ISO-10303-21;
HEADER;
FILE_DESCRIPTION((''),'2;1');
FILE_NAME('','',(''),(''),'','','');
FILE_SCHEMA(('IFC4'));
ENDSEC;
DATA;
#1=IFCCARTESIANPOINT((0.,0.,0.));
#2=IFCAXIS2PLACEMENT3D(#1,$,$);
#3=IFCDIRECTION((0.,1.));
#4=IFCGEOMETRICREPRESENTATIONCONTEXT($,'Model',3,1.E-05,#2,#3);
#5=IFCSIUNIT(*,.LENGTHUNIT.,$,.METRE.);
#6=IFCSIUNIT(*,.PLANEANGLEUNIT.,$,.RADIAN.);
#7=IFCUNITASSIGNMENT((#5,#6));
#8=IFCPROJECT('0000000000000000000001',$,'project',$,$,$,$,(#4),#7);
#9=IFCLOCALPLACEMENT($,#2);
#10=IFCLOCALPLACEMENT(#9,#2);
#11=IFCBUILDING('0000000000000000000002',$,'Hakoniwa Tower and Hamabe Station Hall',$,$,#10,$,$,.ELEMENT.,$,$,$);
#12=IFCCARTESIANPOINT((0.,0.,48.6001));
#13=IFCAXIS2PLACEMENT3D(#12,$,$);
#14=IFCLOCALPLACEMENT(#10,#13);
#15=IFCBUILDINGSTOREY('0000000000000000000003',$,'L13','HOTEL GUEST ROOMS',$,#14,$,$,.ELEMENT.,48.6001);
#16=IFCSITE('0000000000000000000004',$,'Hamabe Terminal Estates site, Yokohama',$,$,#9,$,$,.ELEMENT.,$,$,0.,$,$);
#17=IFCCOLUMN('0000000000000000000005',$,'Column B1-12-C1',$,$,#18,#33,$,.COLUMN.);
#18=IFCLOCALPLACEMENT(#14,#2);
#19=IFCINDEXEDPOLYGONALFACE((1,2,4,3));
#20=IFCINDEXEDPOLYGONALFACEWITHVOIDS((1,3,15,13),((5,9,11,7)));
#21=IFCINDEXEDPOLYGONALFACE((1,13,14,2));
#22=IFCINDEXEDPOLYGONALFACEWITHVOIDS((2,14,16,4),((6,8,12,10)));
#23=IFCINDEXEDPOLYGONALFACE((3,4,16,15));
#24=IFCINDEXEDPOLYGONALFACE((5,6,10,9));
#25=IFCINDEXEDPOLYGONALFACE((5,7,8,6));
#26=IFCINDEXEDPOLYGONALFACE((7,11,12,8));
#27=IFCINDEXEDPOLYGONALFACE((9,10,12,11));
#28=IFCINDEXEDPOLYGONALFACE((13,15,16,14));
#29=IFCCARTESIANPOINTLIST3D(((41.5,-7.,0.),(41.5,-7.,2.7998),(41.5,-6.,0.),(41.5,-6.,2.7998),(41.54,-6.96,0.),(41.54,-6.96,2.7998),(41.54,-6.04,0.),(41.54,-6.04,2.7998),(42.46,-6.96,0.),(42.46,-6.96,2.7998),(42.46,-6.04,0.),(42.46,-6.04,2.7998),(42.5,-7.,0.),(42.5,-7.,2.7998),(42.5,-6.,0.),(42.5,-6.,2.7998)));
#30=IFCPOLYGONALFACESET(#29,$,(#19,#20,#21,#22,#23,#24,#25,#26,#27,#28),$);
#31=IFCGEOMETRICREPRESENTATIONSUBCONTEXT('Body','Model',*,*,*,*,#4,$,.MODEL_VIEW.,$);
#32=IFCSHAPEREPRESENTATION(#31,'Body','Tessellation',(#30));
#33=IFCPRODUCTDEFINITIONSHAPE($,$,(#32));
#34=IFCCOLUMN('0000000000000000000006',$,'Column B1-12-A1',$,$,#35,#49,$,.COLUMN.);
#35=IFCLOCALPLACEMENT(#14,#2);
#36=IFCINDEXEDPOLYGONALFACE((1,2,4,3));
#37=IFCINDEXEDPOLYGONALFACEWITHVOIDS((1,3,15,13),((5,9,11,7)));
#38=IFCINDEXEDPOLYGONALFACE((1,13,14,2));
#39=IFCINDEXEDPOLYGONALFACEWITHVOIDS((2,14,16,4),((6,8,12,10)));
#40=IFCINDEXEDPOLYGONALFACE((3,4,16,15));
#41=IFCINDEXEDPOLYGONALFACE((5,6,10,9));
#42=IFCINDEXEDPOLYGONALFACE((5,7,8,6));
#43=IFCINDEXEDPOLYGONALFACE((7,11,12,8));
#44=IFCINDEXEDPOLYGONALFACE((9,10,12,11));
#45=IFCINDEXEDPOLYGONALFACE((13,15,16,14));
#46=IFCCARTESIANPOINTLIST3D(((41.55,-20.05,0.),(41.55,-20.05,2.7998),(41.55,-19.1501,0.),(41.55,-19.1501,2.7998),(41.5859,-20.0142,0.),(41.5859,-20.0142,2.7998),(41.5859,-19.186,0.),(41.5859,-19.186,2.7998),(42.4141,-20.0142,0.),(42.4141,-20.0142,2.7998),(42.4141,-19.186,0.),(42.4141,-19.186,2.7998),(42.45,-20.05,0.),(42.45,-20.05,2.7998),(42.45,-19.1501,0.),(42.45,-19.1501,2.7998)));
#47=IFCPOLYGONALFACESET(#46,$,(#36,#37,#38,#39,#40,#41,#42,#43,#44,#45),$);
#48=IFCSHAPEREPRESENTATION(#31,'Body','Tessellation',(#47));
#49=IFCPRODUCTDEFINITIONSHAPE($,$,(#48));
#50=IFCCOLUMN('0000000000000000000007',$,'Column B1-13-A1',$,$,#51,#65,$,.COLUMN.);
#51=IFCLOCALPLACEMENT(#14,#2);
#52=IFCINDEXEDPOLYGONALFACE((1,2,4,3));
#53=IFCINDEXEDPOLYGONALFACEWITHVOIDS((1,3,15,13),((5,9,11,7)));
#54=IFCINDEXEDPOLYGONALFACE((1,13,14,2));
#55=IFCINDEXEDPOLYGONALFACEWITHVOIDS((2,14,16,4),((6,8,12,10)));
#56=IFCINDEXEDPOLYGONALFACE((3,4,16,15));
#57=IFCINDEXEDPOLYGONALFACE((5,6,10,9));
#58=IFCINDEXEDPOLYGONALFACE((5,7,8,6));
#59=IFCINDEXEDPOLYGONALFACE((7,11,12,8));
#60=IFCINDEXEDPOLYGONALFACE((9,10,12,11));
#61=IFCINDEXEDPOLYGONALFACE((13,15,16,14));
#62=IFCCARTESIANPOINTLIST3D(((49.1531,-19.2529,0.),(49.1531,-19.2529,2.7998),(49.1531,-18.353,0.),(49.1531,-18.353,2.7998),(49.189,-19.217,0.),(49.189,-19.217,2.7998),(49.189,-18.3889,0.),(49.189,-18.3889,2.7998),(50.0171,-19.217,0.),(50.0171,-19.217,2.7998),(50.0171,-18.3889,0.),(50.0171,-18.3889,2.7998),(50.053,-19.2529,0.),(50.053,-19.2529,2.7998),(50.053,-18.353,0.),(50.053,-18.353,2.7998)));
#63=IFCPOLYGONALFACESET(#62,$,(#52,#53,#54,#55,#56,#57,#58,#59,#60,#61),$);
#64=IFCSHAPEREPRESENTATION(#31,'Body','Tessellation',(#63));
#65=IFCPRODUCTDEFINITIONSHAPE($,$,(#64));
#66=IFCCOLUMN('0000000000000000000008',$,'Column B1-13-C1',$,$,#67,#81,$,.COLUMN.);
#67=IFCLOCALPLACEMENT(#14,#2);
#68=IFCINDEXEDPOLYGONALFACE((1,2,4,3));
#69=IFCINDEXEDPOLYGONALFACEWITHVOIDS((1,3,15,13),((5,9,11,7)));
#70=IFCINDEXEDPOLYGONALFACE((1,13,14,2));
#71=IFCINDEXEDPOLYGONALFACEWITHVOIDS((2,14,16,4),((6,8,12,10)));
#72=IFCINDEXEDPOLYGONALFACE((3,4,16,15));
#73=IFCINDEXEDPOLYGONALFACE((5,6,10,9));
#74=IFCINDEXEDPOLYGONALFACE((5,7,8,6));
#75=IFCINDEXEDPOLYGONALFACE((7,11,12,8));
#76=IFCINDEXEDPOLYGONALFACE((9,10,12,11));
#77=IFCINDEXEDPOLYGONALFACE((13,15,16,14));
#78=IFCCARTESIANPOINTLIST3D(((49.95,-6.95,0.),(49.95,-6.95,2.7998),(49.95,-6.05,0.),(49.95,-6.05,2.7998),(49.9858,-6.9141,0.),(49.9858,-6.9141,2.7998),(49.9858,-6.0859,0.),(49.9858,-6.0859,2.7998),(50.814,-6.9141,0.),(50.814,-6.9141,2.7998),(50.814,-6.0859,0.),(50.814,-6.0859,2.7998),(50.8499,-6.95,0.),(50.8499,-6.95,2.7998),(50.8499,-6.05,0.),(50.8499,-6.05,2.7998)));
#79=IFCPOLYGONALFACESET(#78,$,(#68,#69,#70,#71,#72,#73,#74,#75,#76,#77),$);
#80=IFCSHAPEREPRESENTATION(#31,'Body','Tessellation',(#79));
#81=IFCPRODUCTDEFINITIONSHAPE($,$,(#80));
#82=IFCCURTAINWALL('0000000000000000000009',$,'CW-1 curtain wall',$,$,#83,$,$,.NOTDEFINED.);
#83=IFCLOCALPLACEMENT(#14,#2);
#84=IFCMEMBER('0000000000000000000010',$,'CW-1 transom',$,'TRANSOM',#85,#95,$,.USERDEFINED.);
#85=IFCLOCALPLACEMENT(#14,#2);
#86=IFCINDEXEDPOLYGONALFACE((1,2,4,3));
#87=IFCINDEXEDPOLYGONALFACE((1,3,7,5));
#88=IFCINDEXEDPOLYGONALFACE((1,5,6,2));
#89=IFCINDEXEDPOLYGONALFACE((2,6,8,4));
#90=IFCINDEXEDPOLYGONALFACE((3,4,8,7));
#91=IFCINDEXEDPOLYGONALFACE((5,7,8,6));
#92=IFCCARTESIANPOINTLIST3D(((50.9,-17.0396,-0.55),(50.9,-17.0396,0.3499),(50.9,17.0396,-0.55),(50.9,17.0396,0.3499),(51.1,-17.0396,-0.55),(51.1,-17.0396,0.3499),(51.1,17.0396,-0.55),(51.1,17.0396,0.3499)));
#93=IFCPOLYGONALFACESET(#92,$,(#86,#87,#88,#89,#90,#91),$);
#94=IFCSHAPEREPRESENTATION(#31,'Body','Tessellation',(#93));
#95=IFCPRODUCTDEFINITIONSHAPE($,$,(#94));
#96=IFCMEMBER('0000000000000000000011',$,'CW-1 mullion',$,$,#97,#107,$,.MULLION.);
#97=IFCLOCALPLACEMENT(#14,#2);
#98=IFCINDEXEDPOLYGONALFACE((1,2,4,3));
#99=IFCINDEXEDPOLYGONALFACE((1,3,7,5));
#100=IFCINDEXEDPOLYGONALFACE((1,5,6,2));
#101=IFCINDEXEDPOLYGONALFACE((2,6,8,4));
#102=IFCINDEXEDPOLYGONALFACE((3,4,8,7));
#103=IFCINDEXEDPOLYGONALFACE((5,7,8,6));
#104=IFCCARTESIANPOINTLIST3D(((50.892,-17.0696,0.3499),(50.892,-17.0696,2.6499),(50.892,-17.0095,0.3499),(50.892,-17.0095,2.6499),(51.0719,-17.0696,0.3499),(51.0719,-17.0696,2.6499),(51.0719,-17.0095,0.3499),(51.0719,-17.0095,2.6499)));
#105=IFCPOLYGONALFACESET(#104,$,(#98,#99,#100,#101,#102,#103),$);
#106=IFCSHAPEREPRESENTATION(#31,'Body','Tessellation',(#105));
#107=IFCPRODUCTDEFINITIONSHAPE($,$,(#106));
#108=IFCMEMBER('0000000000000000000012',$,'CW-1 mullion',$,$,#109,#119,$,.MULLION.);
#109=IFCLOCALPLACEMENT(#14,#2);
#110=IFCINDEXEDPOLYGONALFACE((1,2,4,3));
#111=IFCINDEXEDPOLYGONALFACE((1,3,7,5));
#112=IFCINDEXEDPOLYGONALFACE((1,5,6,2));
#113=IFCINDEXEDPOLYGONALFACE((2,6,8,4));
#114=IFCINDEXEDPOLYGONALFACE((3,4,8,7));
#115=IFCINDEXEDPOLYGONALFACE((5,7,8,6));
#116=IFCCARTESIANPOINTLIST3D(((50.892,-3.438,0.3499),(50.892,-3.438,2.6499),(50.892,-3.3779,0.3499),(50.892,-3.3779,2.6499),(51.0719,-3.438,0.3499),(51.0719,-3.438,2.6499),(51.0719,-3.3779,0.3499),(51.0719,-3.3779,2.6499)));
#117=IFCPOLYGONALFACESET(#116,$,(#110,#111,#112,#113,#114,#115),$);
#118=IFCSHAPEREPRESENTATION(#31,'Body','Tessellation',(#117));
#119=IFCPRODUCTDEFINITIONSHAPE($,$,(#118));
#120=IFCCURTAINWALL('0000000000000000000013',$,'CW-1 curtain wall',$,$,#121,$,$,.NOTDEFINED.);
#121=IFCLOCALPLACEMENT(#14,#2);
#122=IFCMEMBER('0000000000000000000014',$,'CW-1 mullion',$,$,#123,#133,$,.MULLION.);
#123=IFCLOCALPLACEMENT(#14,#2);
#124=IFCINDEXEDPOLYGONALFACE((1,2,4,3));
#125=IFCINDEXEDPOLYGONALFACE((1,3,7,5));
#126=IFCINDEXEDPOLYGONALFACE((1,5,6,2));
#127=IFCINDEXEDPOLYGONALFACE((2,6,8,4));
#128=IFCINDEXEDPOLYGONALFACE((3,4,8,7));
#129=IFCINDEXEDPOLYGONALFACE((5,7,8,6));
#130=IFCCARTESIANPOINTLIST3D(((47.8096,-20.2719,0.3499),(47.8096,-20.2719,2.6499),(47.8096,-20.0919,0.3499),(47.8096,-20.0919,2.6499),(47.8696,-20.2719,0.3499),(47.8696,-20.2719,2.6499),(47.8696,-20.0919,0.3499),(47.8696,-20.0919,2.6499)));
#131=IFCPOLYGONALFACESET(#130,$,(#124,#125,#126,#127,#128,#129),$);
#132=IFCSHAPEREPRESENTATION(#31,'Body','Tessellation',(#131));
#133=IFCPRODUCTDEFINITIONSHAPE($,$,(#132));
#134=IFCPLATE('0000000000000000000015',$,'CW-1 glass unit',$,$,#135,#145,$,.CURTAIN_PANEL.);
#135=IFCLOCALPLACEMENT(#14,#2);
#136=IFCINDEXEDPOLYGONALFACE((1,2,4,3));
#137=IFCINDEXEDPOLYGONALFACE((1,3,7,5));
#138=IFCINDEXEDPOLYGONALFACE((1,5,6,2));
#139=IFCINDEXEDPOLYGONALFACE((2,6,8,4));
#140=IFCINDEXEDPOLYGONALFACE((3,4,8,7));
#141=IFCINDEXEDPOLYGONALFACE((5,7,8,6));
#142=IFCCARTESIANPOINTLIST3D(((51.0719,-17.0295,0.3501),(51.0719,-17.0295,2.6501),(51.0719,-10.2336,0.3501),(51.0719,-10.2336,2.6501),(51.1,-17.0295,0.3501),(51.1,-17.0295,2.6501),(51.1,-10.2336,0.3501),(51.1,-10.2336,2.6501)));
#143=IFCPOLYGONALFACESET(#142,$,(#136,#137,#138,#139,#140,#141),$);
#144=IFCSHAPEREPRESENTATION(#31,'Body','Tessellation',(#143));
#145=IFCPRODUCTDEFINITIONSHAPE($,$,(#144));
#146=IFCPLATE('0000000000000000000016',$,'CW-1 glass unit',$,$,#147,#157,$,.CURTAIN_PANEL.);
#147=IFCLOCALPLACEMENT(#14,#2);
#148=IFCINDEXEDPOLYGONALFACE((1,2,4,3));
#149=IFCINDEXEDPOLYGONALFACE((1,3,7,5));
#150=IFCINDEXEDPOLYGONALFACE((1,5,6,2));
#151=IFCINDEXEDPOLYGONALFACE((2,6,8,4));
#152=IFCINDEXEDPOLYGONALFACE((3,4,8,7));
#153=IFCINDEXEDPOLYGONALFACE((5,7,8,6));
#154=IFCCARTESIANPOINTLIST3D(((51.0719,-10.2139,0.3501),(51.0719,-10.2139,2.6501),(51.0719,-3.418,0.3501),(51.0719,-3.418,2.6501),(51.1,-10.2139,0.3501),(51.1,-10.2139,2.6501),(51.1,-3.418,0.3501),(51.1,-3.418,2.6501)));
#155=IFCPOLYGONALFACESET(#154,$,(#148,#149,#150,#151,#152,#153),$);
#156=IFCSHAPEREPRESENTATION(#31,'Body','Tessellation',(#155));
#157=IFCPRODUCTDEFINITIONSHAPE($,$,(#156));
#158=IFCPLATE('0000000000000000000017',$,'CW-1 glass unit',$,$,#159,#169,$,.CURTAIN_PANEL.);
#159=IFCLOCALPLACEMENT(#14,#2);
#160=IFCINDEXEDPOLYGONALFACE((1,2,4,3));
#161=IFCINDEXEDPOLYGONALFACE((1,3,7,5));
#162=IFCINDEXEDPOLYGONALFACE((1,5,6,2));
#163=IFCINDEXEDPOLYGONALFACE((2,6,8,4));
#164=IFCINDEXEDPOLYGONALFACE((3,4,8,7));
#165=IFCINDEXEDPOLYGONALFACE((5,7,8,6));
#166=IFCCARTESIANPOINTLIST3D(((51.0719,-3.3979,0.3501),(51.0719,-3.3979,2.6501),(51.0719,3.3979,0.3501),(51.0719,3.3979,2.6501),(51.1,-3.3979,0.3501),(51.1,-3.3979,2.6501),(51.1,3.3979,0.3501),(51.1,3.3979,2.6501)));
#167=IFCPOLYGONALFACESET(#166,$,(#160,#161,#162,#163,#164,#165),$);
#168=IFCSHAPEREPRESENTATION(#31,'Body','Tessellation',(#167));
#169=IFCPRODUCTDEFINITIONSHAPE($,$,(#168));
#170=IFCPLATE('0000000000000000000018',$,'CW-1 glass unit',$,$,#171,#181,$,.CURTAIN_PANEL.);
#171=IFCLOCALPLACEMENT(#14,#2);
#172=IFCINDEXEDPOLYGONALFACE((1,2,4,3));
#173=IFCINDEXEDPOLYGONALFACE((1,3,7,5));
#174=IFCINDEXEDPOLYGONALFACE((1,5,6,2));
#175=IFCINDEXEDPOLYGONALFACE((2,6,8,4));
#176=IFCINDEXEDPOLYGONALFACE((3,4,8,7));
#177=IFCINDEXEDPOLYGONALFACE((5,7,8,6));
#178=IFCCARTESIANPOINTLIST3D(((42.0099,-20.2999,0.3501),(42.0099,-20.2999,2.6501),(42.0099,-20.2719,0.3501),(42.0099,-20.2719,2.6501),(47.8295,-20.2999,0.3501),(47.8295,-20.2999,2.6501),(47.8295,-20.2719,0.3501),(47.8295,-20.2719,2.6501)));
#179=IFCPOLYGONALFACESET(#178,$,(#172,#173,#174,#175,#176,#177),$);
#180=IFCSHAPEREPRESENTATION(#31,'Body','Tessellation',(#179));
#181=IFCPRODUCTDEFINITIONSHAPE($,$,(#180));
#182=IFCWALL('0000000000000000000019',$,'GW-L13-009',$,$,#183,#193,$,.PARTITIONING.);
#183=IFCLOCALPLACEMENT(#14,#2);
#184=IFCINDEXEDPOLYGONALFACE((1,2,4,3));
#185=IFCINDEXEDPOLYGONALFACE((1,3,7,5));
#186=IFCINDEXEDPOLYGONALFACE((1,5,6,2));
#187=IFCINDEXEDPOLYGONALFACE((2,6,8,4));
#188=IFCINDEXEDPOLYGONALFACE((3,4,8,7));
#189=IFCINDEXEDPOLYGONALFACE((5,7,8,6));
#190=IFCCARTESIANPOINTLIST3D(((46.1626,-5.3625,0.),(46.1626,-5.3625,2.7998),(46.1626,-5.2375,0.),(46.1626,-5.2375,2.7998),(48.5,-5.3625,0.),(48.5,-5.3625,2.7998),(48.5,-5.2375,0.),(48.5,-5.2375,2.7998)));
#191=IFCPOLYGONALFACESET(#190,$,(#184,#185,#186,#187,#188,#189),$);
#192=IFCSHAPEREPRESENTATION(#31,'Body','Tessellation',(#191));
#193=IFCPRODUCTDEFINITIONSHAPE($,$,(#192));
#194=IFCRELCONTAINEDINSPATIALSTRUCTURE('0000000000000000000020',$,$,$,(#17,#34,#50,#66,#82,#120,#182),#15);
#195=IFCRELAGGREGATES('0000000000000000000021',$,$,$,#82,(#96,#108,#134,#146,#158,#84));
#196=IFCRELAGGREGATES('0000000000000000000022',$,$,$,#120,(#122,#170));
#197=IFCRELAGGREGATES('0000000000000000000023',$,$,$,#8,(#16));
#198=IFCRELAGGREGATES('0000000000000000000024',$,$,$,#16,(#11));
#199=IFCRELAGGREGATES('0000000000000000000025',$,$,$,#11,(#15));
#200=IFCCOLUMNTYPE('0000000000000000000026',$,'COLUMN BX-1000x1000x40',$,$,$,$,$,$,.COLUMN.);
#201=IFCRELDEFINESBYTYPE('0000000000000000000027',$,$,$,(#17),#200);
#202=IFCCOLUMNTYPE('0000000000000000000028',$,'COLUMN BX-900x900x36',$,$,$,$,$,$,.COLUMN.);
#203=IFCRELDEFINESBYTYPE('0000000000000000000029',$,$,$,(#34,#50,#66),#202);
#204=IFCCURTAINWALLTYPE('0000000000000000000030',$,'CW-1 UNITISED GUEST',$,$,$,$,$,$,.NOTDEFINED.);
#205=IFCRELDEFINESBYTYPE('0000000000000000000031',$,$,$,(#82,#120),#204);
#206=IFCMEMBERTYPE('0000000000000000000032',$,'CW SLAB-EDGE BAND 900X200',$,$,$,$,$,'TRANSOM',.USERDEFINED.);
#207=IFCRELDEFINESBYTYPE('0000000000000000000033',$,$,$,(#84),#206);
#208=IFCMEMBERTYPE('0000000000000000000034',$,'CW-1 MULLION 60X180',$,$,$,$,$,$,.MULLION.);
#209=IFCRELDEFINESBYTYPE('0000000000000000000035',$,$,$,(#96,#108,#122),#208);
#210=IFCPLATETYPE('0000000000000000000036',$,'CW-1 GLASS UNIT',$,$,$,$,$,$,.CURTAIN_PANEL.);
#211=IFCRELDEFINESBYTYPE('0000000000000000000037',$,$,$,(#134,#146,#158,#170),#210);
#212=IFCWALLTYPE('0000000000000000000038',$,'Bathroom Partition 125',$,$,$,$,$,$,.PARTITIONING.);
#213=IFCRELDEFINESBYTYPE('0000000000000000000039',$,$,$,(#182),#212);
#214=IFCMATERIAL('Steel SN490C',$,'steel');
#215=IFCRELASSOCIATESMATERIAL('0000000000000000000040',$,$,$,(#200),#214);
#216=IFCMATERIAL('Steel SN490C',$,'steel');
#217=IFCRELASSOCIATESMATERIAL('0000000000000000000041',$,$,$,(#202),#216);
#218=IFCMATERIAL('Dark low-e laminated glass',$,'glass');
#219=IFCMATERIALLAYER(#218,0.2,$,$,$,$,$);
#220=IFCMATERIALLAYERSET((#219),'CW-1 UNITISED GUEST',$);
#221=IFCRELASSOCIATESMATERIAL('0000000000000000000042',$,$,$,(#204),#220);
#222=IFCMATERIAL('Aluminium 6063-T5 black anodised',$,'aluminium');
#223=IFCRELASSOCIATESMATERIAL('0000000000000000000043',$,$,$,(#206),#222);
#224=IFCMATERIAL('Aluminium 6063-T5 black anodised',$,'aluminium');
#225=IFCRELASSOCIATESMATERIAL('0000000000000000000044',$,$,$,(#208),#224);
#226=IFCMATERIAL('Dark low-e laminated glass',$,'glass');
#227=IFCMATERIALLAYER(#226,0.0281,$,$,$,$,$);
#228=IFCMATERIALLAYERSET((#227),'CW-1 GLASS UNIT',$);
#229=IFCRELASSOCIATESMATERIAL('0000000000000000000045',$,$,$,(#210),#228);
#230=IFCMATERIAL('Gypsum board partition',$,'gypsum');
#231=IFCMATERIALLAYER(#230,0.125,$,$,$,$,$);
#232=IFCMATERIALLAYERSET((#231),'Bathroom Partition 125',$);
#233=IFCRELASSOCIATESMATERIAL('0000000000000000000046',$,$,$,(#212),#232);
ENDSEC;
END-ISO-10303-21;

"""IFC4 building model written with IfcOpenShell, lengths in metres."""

from ifc_helpers import new_model, si_unit, direction, frame, frame_2d, origin, origin_2d, place, context, subcontext, project, spatial, rectangle, hollow_rectangle, extrude, material, layer, layer_set, material_profile, profile_set, type_object, element, aggregate, save


model = new_model("IFC4")

# Units and contexts
model_context = context("Model", 3, precision=1e-05, world=origin(), true_north=direction((0.0, 1.0)))
body_context = subcontext(model_context, "Body", "Model", "MODEL_VIEW")
ifc_project = project(units=[si_unit("LENGTHUNIT", "METRE"), si_unit("PLANEANGLEUNIT", "RADIAN")], contexts=[model_context])

# Site, building, storey
site_placement = place(None, origin())
site = spatial("IfcSite", under=ifc_project, at=site_placement, Name="Hamabe Terminal Estates site, Yokohama", CompositionType="ELEMENT", RefElevation=0.0)
building_placement = place(site_placement, origin())
building = spatial("IfcBuilding", under=site, at=building_placement, Name="Hakoniwa Tower and Hamabe Station Hall", CompositionType="ELEMENT")
storey_placement = place(building_placement, frame((0.0, 0.0, 48.6001)))
storey = spatial("IfcBuildingStorey", under=building, at=storey_placement, Name="L13", Description="HOTEL GUEST ROOMS", CompositionType="ELEMENT", Elevation=48.6001)

# Columns
ifc_material_1 = material(Name="Steel SN490C", Category="steel")
ifc_material_profile_1 = material_profile(ifc_material_1, hollow_rectangle(XDim=1.0, YDim=1.0, WallThickness=0.04, at=origin_2d()), Name="BX-1000x1000x40")
ifc_profile_set_1 = profile_set([ifc_material_profile_1], Name="Steel SN490C")
column_type_1 = type_object("IfcColumnType", Name="COLUMN BX-1000x1000x40", PredefinedType="COLUMN", material=ifc_profile_set_1)
column_placement = place(storey_placement, frame((42.0, -6.5, 0.0), z_axis=(0.0, 0.0, 1.0), x_axis=(1.0, 0.0, 0.0)))
element("IfcColumn", 1, at=column_placement, inside=storey, type_object=column_type_1, Name="Column B1-12-C1", PredefinedType="COLUMN", context=body_context, shape_type="SweptSolid", body=[
    extrude(hollow_rectangle(XDim=1.0, YDim=1.0, WallThickness=0.04, at=origin_2d()), origin(), (0.0, 0.0, 1.0), 2.7998),
])
ifc_material_2 = material(Name="Steel SN490C", Category="steel")
ifc_material_profile_2 = material_profile(ifc_material_2, hollow_rectangle(XDim=0.8999, YDim=0.8999, WallThickness=0.0359, at=origin_2d()), Name="BX-900x900x36")
ifc_profile_set_2 = profile_set([ifc_material_profile_2], Name="Steel SN490C")
column_type_2 = type_object("IfcColumnType", Name="COLUMN BX-900x900x36", PredefinedType="COLUMN", material=ifc_profile_set_2)
for number, where, z_axis, x_axis, name in (
    (2, (42.0, -19.6001, 0.0), (0.0, 0.0, 1.0), (1.0, 0.0, 0.0), "Column B1-12-A1"),
    (3, (49.603, -18.803, 0.0), (0.0, 0.0, 1.0), (1.0, 0.0, 0.0), "Column B1-13-A1"),
    (4, (50.3999, -6.5, 0.0), (0.0, 0.0, 1.0), (1.0, 0.0, 0.0), "Column B1-13-C1"),
):
    element("IfcColumn", number, at=place(storey_placement, frame(where, z_axis=z_axis, x_axis=x_axis)), inside=storey, type_object=column_type_2, Name=name, PredefinedType="COLUMN", context=body_context, shape_type="SweptSolid", body=[
        extrude(hollow_rectangle(XDim=0.8999, YDim=0.8999, WallThickness=0.0359, at=origin_2d()), origin(), (0.0, 0.0, 1.0), 2.7998),
    ])

# Curtain wall, members
ifc_material_3 = material(Name="Dark low-e laminated glass", Category="glass")
ifc_layer_1 = layer(ifc_material_3, 0.2)
ifc_layer_set_1 = layer_set([ifc_layer_1], Name="CW-1 UNITISED GUEST")
curtain_wall_type = type_object("IfcCurtainWallType", Name="CW-1 UNITISED GUEST", PredefinedType="NOTDEFINED", material=ifc_layer_set_1)
curtain_wall_1_placement = place(storey_placement, origin())
curtain_wall_1 = element("IfcCurtainWall", 5, at=curtain_wall_1_placement, inside=storey, type_object=curtain_wall_type, Name="CW-1 curtain wall", PredefinedType="NOTDEFINED")
ifc_material_4 = material(Name="Aluminium 6063-T5 black anodised", Category="aluminium")
ifc_material_profile_3 = material_profile(ifc_material_4, rectangle(XDim=0.2, YDim=0.8999, at=origin_2d()), Name="CW SLAB-EDGE BAND 900X200")
ifc_profile_set_3 = profile_set([ifc_material_profile_3], Name="Aluminium 6063-T5 black anodised")
member_type_1 = type_object("IfcMemberType", Name="CW SLAB-EDGE BAND 900X200", ElementType="TRANSOM", PredefinedType="USERDEFINED", material=ifc_profile_set_3)
member_1_placement = place(storey_placement, frame((51.0, -17.0396, -0.1001), z_axis=(0.0, 1.0, 0.0), x_axis=(-1.0, 0.0, 0.0)))
member_1 = element("IfcMember", 6, at=member_1_placement, type_object=member_type_1, Name="CW-1 transom", ObjectType="TRANSOM", PredefinedType="USERDEFINED", context=body_context, shape_type="SweptSolid", body=[
    extrude(rectangle(XDim=0.2, YDim=0.8999, at=origin_2d()), origin(), (0.0, 0.0, 1.0), 34.0791),
])
ifc_material_5 = material(Name="Aluminium 6063-T5 black anodised", Category="aluminium")
ifc_material_profile_4 = material_profile(ifc_material_5, rectangle(XDim=0.0601, YDim=0.1799, at=origin_2d()), Name="CW-1 MULLION 60X180")
ifc_profile_set_4 = profile_set([ifc_material_profile_4], Name="Aluminium 6063-T5 black anodised")
member_type_2 = type_object("IfcMemberType", Name="CW-1 MULLION 60X180", PredefinedType="MULLION", material=ifc_profile_set_4)
member_2_placement = place(storey_placement, frame((50.9819, -17.0396, 0.3499), z_axis=(0.0, 0.0, 1.0), x_axis=(0.0, 1.0, 0.0)))
member_2 = element("IfcMember", 7, at=member_2_placement, type_object=member_type_2, Name="CW-1 mullion", PredefinedType="MULLION", context=body_context, shape_type="SweptSolid", body=[
    extrude(rectangle(XDim=0.0601, YDim=0.1799, at=origin_2d()), origin(), (0.0, 0.0, 1.0), 2.3),
])
member_3_placement = place(storey_placement, frame((50.9819, -3.408, 0.3499), z_axis=(0.0, 0.0, 1.0), x_axis=(0.0, 1.0, 0.0)))
member_3 = element("IfcMember", 8, at=member_3_placement, type_object=member_type_2, Name="CW-1 mullion", PredefinedType="MULLION", context=body_context, shape_type="SweptSolid", body=[
    extrude(rectangle(XDim=0.0601, YDim=0.1799, at=origin_2d()), origin(), (0.0, 0.0, 1.0), 2.3),
])

# Curtain wall, member
curtain_wall_2_placement = place(storey_placement, origin())
curtain_wall_2 = element("IfcCurtainWall", 9, at=curtain_wall_2_placement, inside=storey, type_object=curtain_wall_type, Name="CW-1 curtain wall", PredefinedType="NOTDEFINED")
member_4_placement = place(storey_placement, frame((47.8396, -20.1819, 0.3499), z_axis=(0.0, 0.0, 1.0), x_axis=(1.0, 0.0, 0.0)))
member_4 = element("IfcMember", 10, at=member_4_placement, type_object=member_type_2, Name="CW-1 mullion", PredefinedType="MULLION", context=body_context, shape_type="SweptSolid", body=[
    extrude(rectangle(XDim=0.0601, YDim=0.1799, at=origin_2d()), origin(), (0.0, 0.0, 1.0), 2.3),
])

# Plates
ifc_material_6 = material(Name="Dark low-e laminated glass", Category="glass")
ifc_layer_2 = layer(ifc_material_6, 0.0281)
ifc_layer_set_2 = layer_set([ifc_layer_2], Name="CW-1 GLASS UNIT")
plate_type = type_object("IfcPlateType", Name="CW-1 GLASS UNIT", PredefinedType="CURTAIN_PANEL", material=ifc_layer_set_2)
plate_1_placement = place(storey_placement, frame((51.0859, -13.6316, 0.3501), z_axis=(0.0, 0.0, 1.0), x_axis=(0.0, 1.0, 0.0)))
plate_1 = element("IfcPlate", 11, at=plate_1_placement, type_object=plate_type, Name="CW-1 glass unit", PredefinedType="CURTAIN_PANEL", context=body_context, shape_type="SweptSolid", body=[
    extrude(rectangle(XDim=6.7959, YDim=0.0281, at=origin_2d()), origin(), (0.0, 0.0, 1.0), 2.3),
])
plate_2_placement = place(storey_placement, frame((51.0859, -6.8159, 0.3501), z_axis=(0.0, 0.0, 1.0), x_axis=(0.0, 1.0, 0.0)))
plate_2 = element("IfcPlate", 12, at=plate_2_placement, type_object=plate_type, Name="CW-1 glass unit", PredefinedType="CURTAIN_PANEL", context=body_context, shape_type="SweptSolid", body=[
    extrude(rectangle(XDim=6.7959, YDim=0.0281, at=origin_2d()), origin(), (0.0, 0.0, 1.0), 2.3),
])
plate_3_placement = place(storey_placement, frame((51.0859, 0.0, 0.3501), z_axis=(0.0, 0.0, 1.0), x_axis=(0.0, 1.0, 0.0)))
plate_3 = element("IfcPlate", 13, at=plate_3_placement, type_object=plate_type, Name="CW-1 glass unit", PredefinedType="CURTAIN_PANEL", context=body_context, shape_type="SweptSolid", body=[
    extrude(rectangle(XDim=6.7959, YDim=0.0281, at=origin_2d()), origin(), (0.0, 0.0, 1.0), 2.3),
])
aggregate(curtain_wall_1, [member_2, member_3, plate_1, plate_2, plate_3, member_1])
plate_4_placement = place(storey_placement, frame((44.9197, -20.2859, 0.3501), z_axis=(0.0, 0.0, 1.0), x_axis=(1.0, 0.0, 0.0)))
plate_4 = element("IfcPlate", 14, at=plate_4_placement, type_object=plate_type, Name="CW-1 glass unit", PredefinedType="CURTAIN_PANEL", context=body_context, shape_type="SweptSolid", body=[
    extrude(rectangle(XDim=5.8196, YDim=0.0281, at=origin_2d()), origin(), (0.0, 0.0, 1.0), 2.3),
])
aggregate(curtain_wall_2, [member_4, plate_4])

# Wall
ifc_material_7 = material(Name="Gypsum board partition", Category="gypsum")
ifc_layer_3 = layer(ifc_material_7, 0.125)
ifc_layer_set_3 = layer_set([ifc_layer_3], Name="Bathroom Partition 125")
wall_type_1 = type_object("IfcWallType", Name="Bathroom Partition 125", PredefinedType="PARTITIONING", material=ifc_layer_set_3)
wall_1_placement = place(storey_placement, frame((46.1626, -5.3, 0.0), z_axis=(0.0, 0.0, 1.0), x_axis=(1.0, 0.0, 0.0)))
element("IfcWall", 15, at=wall_1_placement, inside=storey, type_object=wall_type_1, Name="GW-L13-009", PredefinedType="PARTITIONING", context=body_context, shape_type="SweptSolid", body=[
    extrude(rectangle(XDim=2.3374, YDim=0.125, at=frame_2d((1.1687, 0.0))), origin(), (0.0, 0.0, 1.0), 2.7998),
])

save(model, "model.ifc")
